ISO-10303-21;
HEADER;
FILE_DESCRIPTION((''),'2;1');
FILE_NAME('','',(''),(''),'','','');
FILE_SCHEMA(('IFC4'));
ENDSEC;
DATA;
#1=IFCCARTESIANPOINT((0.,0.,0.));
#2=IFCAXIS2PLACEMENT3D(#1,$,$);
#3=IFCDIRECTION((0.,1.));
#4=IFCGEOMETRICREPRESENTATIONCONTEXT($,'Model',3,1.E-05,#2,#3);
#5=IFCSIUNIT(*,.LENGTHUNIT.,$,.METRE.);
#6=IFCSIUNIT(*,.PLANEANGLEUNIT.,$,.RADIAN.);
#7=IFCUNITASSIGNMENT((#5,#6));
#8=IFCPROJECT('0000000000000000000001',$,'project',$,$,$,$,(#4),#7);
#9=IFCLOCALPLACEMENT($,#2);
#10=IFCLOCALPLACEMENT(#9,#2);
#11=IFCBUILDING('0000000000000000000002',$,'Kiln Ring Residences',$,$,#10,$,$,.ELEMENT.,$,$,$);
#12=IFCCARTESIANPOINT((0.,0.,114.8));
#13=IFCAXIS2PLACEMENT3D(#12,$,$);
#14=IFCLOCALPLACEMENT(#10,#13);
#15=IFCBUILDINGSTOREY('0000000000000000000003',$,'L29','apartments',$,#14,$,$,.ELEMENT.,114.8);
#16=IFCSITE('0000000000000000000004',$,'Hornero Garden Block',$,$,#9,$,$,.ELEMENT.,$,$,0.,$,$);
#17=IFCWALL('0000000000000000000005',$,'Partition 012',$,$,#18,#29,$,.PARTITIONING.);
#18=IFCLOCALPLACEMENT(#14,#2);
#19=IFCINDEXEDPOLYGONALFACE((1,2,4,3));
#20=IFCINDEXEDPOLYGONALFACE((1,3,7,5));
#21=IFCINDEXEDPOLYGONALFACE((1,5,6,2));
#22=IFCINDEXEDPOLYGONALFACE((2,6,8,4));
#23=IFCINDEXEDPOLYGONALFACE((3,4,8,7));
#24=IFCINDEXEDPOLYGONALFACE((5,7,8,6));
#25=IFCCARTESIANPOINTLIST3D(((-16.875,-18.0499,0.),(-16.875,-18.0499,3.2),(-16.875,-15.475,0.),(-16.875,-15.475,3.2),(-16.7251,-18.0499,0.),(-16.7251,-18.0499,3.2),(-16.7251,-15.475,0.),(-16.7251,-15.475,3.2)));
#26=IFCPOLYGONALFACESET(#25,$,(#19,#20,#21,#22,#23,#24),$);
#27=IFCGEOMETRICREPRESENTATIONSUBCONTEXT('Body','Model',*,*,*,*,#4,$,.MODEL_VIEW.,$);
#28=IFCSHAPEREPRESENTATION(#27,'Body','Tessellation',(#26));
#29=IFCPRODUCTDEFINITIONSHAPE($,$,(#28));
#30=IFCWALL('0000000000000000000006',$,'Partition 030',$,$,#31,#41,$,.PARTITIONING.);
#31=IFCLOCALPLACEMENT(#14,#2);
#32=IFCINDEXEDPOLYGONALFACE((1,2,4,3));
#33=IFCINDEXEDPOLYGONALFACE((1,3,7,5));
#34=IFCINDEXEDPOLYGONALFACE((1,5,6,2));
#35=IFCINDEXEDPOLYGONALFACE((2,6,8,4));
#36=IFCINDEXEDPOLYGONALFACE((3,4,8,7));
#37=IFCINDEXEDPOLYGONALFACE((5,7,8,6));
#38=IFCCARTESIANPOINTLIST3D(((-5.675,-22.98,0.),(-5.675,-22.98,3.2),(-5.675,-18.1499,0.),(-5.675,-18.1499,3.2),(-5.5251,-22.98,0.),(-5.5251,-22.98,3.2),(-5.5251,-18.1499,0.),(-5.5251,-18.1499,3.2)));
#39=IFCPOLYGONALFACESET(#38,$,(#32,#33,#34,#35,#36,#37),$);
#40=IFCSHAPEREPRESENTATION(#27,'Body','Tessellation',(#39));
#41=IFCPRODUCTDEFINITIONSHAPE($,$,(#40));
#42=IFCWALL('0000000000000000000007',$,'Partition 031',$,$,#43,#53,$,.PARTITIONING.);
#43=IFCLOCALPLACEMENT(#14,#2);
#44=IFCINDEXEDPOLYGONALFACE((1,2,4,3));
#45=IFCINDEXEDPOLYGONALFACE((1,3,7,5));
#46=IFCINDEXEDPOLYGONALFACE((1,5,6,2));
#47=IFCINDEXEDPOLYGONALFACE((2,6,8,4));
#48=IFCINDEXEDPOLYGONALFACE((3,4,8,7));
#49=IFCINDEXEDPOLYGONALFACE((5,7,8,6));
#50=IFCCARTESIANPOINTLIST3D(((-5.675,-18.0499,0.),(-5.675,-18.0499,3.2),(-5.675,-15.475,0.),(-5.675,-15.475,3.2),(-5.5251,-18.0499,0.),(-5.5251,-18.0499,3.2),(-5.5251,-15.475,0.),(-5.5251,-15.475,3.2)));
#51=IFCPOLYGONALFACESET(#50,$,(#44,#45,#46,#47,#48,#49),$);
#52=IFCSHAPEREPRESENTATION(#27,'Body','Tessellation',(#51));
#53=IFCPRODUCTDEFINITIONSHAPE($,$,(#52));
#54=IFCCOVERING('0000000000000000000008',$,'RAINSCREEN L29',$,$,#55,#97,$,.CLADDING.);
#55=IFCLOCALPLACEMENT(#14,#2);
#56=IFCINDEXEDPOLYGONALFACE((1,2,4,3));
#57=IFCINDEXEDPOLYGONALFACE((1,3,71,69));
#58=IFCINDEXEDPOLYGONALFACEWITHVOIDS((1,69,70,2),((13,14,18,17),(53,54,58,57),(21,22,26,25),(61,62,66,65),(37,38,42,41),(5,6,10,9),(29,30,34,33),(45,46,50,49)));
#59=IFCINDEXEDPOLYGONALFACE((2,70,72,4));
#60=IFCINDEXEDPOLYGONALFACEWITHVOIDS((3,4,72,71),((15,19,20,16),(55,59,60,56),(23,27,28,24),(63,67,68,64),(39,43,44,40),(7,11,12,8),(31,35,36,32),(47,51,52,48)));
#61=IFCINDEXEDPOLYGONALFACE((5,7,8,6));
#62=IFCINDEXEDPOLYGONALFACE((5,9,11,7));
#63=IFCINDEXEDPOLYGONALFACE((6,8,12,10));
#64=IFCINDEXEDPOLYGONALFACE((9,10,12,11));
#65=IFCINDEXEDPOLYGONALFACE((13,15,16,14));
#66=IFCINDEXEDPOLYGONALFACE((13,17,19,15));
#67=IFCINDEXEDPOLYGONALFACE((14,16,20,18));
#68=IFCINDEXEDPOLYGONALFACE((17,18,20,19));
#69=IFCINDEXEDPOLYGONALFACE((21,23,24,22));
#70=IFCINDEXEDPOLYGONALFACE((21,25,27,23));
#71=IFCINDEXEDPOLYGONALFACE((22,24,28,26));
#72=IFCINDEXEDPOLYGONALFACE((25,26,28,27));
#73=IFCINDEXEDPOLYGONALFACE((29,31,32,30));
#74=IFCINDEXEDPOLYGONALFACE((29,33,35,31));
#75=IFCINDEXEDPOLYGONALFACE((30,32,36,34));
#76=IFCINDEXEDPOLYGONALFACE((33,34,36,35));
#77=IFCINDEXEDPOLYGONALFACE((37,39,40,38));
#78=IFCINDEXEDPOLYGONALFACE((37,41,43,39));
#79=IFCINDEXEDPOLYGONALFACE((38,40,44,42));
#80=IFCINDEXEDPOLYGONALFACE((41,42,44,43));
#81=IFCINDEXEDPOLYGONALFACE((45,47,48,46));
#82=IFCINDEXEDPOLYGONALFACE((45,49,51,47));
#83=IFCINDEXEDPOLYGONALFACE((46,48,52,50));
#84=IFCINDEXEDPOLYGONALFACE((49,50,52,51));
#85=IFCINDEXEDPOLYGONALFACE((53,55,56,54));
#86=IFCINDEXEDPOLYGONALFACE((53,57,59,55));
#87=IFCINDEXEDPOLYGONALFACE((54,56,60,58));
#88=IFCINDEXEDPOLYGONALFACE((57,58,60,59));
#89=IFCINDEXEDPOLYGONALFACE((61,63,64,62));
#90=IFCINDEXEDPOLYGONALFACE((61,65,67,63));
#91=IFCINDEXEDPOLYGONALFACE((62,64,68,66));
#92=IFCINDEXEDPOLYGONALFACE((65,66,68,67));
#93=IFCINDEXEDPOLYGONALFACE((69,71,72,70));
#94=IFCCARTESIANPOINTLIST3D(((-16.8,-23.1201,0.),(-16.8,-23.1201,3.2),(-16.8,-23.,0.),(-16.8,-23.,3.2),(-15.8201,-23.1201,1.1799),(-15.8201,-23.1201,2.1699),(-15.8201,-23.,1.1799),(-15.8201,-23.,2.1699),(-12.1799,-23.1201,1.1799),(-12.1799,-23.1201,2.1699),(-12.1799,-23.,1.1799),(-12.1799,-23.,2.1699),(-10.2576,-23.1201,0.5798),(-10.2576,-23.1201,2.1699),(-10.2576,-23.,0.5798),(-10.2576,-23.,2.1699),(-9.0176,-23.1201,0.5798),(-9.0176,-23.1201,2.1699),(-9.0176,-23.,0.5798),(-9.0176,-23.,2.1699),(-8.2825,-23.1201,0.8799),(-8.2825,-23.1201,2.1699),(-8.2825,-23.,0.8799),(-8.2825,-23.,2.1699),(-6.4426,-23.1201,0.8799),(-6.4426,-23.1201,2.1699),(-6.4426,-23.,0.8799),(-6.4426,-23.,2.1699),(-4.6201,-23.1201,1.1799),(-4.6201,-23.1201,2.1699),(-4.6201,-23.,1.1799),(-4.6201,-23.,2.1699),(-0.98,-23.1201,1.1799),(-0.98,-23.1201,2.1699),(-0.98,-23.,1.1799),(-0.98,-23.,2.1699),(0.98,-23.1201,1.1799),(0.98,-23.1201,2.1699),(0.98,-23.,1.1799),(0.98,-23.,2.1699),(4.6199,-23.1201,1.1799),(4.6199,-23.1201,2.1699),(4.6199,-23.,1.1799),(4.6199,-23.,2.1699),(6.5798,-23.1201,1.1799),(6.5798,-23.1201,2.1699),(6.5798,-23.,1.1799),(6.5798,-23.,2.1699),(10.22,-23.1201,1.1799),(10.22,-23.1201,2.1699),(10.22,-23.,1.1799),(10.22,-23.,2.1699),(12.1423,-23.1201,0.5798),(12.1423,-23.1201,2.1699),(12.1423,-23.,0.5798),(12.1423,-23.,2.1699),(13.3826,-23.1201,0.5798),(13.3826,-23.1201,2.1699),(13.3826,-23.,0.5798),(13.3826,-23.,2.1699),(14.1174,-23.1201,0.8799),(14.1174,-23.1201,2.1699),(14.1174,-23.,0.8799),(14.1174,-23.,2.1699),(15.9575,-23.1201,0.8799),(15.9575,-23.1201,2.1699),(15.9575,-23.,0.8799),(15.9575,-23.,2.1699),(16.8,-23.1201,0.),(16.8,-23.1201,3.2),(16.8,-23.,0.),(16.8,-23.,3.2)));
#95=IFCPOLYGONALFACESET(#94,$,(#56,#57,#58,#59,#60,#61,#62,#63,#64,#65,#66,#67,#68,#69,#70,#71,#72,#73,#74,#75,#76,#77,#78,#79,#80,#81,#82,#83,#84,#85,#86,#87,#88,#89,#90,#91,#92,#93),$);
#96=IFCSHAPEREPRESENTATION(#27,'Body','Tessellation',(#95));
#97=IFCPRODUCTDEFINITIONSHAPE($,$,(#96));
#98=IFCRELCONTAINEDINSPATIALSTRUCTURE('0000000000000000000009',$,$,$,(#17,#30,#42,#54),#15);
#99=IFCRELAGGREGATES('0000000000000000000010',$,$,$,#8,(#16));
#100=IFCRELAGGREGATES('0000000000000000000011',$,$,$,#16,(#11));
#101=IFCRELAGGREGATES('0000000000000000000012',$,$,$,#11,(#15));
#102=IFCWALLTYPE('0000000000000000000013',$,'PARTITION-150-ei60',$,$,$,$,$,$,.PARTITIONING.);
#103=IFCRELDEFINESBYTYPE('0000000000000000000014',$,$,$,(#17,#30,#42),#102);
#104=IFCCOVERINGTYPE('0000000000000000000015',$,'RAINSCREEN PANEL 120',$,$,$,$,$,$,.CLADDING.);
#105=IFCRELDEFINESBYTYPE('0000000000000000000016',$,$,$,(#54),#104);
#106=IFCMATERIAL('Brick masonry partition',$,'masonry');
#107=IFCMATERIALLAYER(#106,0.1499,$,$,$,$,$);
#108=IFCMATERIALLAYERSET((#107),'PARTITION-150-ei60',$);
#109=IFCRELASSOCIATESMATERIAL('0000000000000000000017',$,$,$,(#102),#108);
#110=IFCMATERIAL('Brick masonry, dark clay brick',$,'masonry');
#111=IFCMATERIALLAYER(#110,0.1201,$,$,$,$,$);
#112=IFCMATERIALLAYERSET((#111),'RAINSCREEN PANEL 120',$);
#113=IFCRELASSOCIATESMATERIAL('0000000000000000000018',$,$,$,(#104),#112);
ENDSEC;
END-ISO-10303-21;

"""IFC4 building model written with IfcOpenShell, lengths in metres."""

from ifc_helpers import new_model, si_unit, direction, frame, frame_2d, origin, place, context, subcontext, project, spatial, polyline, rectangle, outline, extrude, material, layer, layer_set, type_object, element, save


model = new_model("IFC4")

# Units and contexts
model_context = context("Model", 3, precision=1e-05, world=origin(), true_north=direction((0.0, 1.0)))
body_context = subcontext(model_context, "Body", "Model", "MODEL_VIEW")
ifc_project = project(units=[si_unit("LENGTHUNIT", "METRE"), si_unit("PLANEANGLEUNIT", "RADIAN")], contexts=[model_context])

# Site, building, storey
site_placement = place(None, origin())
site = spatial("IfcSite", under=ifc_project, at=site_placement, Name="Hornero Garden Block", CompositionType="ELEMENT", RefElevation=0.0)
building_placement = place(site_placement, origin())
building = spatial("IfcBuilding", under=site, at=building_placement, Name="Kiln Ring Residences", CompositionType="ELEMENT")
storey_placement = place(building_placement, frame((0.0, 0.0, 114.8)))
storey = spatial("IfcBuildingStorey", under=building, at=storey_placement, Name="L29", Description="apartments", CompositionType="ELEMENT", Elevation=114.8)

# Walls
ifc_material_1 = material(Name="Brick masonry partition", Category="masonry")
ifc_layer_1 = layer(ifc_material_1, 0.1499)
ifc_layer_set_1 = layer_set([ifc_layer_1], Name="PARTITION-150-ei60")
wall_type_1 = type_object("IfcWallType", Name="PARTITION-150-ei60", PredefinedType="PARTITIONING", material=ifc_layer_set_1)
wall_1_placement = place(storey_placement, frame((-16.8, -18.05, 0.0), z_axis=(0.0, 0.0, 1.0), x_axis=(0.0, 1.0, 0.0)))
element("IfcWall", 1, at=wall_1_placement, inside=storey, type_object=wall_type_1, Name="Partition 012", PredefinedType="PARTITIONING", context=body_context, shape_type="SweptSolid", body=[
    extrude(rectangle(XDim=2.575, YDim=0.1499, at=frame_2d((1.2876, 0.0))), origin(), (0.0, 0.0, 1.0), 3.2),
])
wall_2_placement = place(storey_placement, frame((-5.6001, -22.98, 0.0), z_axis=(0.0, 0.0, 1.0), x_axis=(0.0, 1.0, 0.0)))
element("IfcWall", 2, at=wall_2_placement, inside=storey, type_object=wall_type_1, Name="Partition 030", PredefinedType="PARTITIONING", context=body_context, shape_type="SweptSolid", body=[
    extrude(rectangle(XDim=4.8301, YDim=0.1499, at=frame_2d((2.415, 0.0))), origin(), (0.0, 0.0, 1.0), 3.2),
])
wall_3_placement = place(storey_placement, frame((-5.6001, -18.05, 0.0), z_axis=(0.0, 0.0, 1.0), x_axis=(0.0, 1.0, 0.0)))
element("IfcWall", 3, at=wall_3_placement, inside=storey, type_object=wall_type_1, Name="Partition 031", PredefinedType="PARTITIONING", context=body_context, shape_type="SweptSolid", body=[
    extrude(rectangle(XDim=2.575, YDim=0.1499, at=frame_2d((1.2876, 0.0))), origin(), (0.0, 0.0, 1.0), 3.2),
])

# Covering
ifc_material_2 = material(Name="Brick masonry, dark clay brick", Category="masonry")
ifc_layer_2 = layer(ifc_material_2, 0.1201)
ifc_layer_set_2 = layer_set([ifc_layer_2], Name="RAINSCREEN PANEL 120")
covering_type = type_object("IfcCoveringType", Name="RAINSCREEN PANEL 120", PredefinedType="CLADDING", material=ifc_layer_set_2)
covering_placement = place(storey_placement, frame((-16.8, -23.0601, 0.0), z_axis=(0.0, 0.0, 1.0), x_axis=(1.0, 0.0, 0.0)))
element("IfcCovering", 4, at=covering_placement, inside=storey, type_object=covering_type, Name="RAINSCREEN L29", PredefinedType="CLADDING", context=body_context, shape_type="SweptSolid", body=[
    extrude(outline(polyline([(0.0, 0.0), (33.6001, 0.0), (33.6001, 3.2), (0.0, 3.2), (0.0, 0.0)]), holes=[polyline([(6.5425, 0.5798), (7.7825, 0.5798), (7.7825, 2.1699), (6.5425, 2.1699), (6.5425, 0.5798)]), polyline([(28.9424, 0.5798), (30.1826, 0.5798), (30.1826, 2.1699), (28.9424, 2.1699), (28.9424, 0.5798)]), polyline([(8.5176, 0.8799), (10.3574, 0.8799), (10.3574, 2.1699), (8.5176, 2.1699), (8.5176, 0.8799)]), polyline([(30.9175, 0.8799), (32.7576, 0.8799), (32.7576, 2.1699), (30.9175, 2.1699), (30.9175, 0.8799)]), polyline([(0.98, 1.1799), (4.6201, 1.1799), (4.6201, 2.1699), (0.98, 2.1699), (0.98, 1.1799)]), polyline([(12.1799, 1.1799), (15.8201, 1.1799), (15.8201, 2.1699), (12.1799, 2.1699), (12.1799, 1.1799)]), polyline([(17.78, 1.1799), (21.4199, 1.1799), (21.4199, 2.1699), (17.78, 2.1699), (17.78, 1.1799)]), polyline([(23.3799, 1.1799), (27.02, 1.1799), (27.02, 2.1699), (23.3799, 2.1699), (23.3799, 1.1799)])]), frame((0.0, 0.0601, 0.0), z_axis=(0.0, -1.0, 0.0), x_axis=(1.0, 0.0, 0.0)), (0.0, 0.0, 1.0), 0.1201),
])

save(model, "model.ifc")
